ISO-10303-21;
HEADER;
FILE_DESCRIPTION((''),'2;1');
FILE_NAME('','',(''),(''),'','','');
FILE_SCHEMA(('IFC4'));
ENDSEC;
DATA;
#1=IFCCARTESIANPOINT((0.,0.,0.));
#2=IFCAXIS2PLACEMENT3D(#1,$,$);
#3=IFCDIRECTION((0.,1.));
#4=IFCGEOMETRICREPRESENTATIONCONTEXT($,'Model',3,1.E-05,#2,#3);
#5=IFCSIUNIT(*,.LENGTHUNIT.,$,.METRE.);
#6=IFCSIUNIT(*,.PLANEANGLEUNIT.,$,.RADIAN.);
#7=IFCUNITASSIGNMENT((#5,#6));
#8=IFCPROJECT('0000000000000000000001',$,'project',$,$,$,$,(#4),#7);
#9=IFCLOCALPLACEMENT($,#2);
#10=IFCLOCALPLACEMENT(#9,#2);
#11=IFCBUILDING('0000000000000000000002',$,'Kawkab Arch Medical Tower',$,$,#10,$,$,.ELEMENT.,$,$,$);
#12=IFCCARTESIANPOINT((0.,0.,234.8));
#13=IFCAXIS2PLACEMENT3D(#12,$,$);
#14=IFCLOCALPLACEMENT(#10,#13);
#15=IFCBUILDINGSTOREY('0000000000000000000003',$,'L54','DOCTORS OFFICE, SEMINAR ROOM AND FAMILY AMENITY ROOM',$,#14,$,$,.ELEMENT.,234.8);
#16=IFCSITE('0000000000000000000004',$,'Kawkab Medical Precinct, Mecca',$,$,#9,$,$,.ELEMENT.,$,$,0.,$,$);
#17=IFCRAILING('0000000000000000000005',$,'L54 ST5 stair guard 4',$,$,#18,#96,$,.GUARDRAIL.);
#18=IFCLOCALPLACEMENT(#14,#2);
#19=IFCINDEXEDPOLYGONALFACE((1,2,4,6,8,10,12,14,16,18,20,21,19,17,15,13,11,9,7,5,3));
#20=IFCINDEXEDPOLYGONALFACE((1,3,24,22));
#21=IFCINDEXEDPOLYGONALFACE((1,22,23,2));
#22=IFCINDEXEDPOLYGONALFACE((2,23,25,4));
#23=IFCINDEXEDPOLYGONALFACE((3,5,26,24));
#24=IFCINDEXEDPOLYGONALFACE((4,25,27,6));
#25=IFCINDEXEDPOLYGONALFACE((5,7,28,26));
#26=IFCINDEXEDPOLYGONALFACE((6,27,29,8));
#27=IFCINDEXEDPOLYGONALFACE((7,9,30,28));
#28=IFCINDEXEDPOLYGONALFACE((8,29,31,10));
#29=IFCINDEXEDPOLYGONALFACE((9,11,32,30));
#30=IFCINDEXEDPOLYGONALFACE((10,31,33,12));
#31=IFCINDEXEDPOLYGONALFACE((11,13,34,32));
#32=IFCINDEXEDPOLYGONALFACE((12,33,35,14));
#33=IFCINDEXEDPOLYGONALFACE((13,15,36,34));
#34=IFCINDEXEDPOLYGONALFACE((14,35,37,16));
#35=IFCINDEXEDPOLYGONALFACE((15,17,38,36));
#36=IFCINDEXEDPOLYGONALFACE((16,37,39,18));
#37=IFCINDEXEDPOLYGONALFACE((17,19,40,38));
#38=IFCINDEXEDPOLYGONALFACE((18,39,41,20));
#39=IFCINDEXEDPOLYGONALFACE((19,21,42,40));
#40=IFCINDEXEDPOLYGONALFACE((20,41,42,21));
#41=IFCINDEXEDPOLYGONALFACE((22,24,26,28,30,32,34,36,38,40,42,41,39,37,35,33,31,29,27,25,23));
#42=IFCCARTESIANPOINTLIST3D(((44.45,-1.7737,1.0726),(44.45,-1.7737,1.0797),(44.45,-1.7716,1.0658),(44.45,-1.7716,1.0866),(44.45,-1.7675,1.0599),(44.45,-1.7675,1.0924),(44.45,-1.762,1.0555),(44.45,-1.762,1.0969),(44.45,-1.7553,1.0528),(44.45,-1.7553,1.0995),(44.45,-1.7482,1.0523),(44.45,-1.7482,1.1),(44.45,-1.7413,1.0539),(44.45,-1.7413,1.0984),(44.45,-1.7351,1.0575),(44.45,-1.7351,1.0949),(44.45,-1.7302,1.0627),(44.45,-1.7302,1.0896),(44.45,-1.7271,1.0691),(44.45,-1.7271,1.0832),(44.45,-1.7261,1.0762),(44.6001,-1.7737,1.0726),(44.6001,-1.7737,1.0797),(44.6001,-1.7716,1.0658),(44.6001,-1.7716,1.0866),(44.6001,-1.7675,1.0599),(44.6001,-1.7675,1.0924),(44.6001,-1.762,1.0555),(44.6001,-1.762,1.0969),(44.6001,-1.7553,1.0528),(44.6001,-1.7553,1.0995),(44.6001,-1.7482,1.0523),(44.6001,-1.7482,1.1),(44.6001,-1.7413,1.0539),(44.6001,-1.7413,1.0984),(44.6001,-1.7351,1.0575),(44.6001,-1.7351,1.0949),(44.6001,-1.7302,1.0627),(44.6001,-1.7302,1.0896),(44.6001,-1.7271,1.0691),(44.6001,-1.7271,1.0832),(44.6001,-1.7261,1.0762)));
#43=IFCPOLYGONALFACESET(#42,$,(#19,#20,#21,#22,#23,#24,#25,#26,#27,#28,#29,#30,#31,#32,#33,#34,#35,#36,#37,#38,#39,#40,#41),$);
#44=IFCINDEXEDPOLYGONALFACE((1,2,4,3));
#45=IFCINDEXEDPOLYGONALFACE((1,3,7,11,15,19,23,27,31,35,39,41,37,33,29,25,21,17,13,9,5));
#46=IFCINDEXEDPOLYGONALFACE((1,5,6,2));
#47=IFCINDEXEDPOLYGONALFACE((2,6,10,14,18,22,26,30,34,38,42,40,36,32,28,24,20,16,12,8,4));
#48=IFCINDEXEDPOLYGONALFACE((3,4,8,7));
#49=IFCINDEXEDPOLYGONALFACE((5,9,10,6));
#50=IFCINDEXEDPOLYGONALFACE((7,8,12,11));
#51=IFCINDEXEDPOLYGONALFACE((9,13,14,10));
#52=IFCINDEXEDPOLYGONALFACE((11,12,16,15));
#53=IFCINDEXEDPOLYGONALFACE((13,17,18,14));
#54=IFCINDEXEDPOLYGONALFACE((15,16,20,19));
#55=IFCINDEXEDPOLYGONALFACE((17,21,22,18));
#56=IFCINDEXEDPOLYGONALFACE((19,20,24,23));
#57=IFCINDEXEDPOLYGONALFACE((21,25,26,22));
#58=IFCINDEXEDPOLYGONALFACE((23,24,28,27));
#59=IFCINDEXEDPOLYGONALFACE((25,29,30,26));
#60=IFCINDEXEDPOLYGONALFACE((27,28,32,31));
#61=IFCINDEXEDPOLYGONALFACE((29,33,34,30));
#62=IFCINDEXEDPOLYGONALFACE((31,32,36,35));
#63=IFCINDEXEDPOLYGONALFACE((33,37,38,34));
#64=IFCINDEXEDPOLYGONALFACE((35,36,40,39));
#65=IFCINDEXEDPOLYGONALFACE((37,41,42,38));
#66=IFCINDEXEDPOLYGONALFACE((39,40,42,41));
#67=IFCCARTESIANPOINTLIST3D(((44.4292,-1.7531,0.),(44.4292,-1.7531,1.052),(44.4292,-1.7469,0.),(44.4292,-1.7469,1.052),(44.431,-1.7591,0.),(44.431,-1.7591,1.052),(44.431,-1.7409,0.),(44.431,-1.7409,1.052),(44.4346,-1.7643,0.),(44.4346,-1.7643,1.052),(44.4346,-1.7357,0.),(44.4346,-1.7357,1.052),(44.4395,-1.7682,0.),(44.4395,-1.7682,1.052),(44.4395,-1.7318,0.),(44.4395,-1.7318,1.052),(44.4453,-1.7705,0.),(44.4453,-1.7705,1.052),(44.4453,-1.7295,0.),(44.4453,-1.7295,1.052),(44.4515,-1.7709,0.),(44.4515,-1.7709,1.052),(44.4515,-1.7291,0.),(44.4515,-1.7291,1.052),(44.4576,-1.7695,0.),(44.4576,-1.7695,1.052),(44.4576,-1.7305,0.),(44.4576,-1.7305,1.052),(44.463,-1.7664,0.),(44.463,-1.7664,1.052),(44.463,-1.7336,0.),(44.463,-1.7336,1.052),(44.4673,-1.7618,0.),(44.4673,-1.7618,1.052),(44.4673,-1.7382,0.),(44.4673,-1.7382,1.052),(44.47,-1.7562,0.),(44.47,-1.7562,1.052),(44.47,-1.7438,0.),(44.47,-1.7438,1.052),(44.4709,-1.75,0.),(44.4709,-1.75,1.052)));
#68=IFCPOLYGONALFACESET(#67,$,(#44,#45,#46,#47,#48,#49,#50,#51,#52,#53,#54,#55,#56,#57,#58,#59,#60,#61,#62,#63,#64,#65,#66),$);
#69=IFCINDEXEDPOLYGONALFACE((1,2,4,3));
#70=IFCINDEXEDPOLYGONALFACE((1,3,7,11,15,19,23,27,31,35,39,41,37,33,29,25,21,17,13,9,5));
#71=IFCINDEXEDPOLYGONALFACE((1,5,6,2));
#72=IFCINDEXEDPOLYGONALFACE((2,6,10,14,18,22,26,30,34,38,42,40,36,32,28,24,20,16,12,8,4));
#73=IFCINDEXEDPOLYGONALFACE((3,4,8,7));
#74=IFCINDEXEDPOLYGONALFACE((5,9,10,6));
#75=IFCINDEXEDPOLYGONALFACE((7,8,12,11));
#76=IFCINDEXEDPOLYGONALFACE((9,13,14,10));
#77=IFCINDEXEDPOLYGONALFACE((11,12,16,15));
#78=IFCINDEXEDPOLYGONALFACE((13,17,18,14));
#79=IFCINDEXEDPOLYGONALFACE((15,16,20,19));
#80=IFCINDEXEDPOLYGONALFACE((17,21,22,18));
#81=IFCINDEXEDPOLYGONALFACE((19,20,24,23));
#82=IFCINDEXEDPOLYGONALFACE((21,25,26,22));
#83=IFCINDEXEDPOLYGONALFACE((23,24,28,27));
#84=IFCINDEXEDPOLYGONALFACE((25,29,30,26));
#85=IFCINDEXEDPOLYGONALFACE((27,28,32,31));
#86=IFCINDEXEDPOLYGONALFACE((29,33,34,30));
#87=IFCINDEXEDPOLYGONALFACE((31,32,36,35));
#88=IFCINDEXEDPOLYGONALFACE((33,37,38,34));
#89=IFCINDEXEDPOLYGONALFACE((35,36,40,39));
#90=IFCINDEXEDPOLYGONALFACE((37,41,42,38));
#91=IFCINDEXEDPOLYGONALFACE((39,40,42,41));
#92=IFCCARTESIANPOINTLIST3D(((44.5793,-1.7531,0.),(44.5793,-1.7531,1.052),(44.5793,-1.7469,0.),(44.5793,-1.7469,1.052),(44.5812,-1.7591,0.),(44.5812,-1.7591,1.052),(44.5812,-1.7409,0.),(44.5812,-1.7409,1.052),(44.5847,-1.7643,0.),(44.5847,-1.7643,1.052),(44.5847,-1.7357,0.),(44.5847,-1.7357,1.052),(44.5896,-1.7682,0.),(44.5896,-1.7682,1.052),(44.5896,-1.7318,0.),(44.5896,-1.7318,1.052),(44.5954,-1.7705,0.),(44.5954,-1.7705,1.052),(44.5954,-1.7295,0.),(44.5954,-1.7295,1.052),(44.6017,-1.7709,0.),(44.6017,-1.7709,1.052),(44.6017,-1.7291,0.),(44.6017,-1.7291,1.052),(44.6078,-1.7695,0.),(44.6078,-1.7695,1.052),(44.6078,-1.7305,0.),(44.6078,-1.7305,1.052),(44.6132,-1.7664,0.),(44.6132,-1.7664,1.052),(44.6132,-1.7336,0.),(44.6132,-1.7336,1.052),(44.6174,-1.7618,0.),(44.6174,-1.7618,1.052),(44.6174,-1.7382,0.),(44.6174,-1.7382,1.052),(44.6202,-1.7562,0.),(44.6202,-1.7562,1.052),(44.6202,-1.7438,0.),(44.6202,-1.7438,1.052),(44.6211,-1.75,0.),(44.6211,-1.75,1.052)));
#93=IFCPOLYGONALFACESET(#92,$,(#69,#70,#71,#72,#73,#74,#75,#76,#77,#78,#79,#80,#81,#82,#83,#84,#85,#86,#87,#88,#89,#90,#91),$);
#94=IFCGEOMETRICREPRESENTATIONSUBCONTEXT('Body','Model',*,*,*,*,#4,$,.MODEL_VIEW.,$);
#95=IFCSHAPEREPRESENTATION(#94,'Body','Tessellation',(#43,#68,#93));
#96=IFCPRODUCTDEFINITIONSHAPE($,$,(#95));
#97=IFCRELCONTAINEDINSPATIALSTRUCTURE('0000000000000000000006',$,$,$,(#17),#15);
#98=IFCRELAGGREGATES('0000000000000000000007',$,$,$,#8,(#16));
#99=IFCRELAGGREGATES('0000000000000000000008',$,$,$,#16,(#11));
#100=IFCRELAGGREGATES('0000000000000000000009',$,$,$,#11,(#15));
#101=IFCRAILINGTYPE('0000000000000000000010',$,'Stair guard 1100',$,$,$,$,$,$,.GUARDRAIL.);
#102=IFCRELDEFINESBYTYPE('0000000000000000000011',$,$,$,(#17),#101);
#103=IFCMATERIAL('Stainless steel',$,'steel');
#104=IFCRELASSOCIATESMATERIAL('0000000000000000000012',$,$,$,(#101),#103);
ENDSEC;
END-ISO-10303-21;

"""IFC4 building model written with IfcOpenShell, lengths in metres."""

from ifc_helpers import new_model, si_unit, direction, frame, origin, origin_2d, place, context, subcontext, project, spatial, circle, extrude, material, type_object, element, save


model = new_model("IFC4")

# Units and contexts
model_context = context("Model", 3, precision=1e-05, world=origin(), true_north=direction((0.0, 1.0)))
body_context = subcontext(model_context, "Body", "Model", "MODEL_VIEW")
ifc_project = project(units=[si_unit("LENGTHUNIT", "METRE"), si_unit("PLANEANGLEUNIT", "RADIAN")], contexts=[model_context])

# Site, building, storey
site_placement = place(None, origin())
site = spatial("IfcSite", under=ifc_project, at=site_placement, Name="Kawkab Medical Precinct, Mecca", CompositionType="ELEMENT", RefElevation=0.0)
building_placement = place(site_placement, origin())
building = spatial("IfcBuilding", under=site, at=building_placement, Name="Kawkab Arch Medical Tower", CompositionType="ELEMENT")
storey_placement = place(building_placement, frame((0.0, 0.0, 234.8)))
storey = spatial("IfcBuildingStorey", under=building, at=storey_placement, Name="L54", Description="DOCTORS OFFICE, SEMINAR ROOM AND FAMILY AMENITY ROOM", CompositionType="ELEMENT", Elevation=234.8)

# Railing
ifc_material_1 = material(Name="Stainless steel", Category="steel")
railing_type_1 = type_object("IfcRailingType", Name="Stair guard 1100", PredefinedType="GUARDRAIL", material=ifc_material_1)
railing_1_placement = place(storey_placement, frame((44.45, -1.75, 0.0)))
element("IfcRailing", 1, at=railing_1_placement, inside=storey, type_object=railing_type_1, Name="L54 ST5 stair guard 4", PredefinedType="GUARDRAIL", context=body_context, shape_type="SweptSolid", body=[
    extrude(circle(Radius=0.0239, at=origin_2d()), frame((0.0, 0.0, 1.0762), z_axis=(1.0, 0.0, 0.0), x_axis=(0.0, 1.0, 0.0)), (0.0, 0.0, 1.0), 0.1501),
    extrude(circle(Radius=0.021, at=origin_2d()), origin(), (0.0, 0.0, 1.0), 1.052),
    extrude(circle(Radius=0.021, at=origin_2d()), frame((0.1501, 0.0, 0.0)), (0.0, 0.0, 1.0), 1.052),
])

save(model, "model.ifc")
